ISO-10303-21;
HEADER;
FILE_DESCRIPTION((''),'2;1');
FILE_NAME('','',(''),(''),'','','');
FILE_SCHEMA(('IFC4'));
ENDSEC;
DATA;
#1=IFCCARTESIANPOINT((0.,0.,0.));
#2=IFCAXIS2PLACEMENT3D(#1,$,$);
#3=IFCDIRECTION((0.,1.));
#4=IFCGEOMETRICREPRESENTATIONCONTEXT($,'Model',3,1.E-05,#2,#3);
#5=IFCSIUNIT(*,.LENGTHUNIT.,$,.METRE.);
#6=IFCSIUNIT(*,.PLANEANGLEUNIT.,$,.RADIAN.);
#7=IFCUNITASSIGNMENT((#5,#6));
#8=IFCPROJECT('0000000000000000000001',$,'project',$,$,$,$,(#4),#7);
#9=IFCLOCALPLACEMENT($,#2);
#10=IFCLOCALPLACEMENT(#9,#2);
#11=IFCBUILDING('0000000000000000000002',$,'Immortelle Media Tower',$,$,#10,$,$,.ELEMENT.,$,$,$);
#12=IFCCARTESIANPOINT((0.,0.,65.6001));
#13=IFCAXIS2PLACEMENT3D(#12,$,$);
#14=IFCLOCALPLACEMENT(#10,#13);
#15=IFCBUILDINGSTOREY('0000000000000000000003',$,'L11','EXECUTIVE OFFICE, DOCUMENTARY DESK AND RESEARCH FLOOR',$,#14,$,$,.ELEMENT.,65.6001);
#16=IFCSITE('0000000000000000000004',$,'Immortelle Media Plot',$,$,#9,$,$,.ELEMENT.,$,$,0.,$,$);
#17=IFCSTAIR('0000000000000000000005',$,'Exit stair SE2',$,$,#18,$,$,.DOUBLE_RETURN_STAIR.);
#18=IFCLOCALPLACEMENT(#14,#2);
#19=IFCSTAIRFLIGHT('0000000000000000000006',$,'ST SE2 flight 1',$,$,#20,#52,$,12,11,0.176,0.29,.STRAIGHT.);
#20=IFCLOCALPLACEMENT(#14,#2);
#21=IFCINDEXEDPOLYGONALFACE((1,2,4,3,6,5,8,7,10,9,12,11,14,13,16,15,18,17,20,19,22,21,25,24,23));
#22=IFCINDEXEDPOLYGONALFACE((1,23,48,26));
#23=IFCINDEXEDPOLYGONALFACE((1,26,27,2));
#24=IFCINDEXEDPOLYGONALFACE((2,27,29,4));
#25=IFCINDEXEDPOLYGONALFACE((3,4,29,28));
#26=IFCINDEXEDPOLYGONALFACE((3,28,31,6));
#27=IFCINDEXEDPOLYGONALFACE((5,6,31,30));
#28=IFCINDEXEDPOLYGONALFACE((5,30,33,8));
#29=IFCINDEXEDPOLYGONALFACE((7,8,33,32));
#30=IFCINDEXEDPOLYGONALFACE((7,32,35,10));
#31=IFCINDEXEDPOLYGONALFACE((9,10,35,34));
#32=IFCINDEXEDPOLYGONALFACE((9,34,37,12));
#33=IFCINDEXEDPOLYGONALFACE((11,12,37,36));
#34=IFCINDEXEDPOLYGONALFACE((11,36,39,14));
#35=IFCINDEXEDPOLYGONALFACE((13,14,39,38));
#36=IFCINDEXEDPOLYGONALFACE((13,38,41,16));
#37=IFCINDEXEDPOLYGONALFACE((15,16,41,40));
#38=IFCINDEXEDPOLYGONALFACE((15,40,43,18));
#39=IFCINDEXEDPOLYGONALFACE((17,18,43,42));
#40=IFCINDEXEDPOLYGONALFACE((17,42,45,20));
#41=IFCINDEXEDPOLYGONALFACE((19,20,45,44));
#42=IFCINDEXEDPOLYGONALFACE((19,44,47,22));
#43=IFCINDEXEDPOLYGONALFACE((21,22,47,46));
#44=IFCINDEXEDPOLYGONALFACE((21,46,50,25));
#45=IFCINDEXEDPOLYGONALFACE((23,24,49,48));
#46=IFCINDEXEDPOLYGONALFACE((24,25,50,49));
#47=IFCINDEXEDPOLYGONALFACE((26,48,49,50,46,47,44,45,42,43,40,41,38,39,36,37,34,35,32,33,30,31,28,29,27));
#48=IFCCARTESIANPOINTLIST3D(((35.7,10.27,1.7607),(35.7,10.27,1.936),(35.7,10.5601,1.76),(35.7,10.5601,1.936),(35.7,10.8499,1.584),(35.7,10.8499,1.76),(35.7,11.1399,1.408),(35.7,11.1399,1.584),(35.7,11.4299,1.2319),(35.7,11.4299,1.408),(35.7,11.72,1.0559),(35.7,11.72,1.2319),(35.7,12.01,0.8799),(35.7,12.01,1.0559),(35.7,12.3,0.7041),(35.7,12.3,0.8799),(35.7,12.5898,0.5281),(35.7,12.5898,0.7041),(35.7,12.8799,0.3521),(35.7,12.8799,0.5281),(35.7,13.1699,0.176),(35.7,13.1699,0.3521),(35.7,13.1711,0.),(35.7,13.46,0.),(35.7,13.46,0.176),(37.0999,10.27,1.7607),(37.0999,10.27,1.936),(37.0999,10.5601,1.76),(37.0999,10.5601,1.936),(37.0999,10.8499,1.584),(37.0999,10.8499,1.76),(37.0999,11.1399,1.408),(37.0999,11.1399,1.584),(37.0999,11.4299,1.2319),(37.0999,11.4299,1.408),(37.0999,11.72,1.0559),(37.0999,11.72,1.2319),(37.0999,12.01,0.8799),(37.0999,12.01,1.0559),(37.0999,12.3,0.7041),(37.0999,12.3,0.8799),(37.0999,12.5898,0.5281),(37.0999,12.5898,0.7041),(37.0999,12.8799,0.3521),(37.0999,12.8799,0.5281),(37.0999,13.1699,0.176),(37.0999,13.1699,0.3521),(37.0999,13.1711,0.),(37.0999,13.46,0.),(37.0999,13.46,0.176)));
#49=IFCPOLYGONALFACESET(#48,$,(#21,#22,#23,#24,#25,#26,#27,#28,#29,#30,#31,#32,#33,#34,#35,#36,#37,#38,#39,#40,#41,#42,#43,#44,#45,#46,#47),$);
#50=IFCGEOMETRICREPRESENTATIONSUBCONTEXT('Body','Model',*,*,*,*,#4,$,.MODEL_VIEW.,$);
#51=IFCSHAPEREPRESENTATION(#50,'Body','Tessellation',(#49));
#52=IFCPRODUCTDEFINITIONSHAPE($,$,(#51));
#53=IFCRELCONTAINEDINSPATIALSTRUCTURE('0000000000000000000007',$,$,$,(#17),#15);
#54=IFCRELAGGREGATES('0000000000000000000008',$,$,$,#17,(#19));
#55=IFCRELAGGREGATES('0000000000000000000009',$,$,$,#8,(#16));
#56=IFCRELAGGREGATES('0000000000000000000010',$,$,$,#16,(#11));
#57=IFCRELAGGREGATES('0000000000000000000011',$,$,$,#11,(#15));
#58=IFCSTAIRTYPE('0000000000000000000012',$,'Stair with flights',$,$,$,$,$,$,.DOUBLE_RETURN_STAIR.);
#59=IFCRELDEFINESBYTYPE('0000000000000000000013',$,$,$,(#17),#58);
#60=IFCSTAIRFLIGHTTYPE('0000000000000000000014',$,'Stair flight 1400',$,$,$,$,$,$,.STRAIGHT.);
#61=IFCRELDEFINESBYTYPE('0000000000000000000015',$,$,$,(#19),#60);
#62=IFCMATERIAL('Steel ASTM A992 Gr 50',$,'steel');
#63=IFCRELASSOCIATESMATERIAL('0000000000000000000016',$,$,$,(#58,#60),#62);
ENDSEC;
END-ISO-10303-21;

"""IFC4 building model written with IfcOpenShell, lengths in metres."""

from ifc_helpers import new_model, si_unit, direction, frame, origin, place, context, subcontext, project, spatial, polyline, outline, extrude, material, type_object, element, aggregate, save


model = new_model("IFC4")

# Units and contexts
model_context = context("Model", 3, precision=1e-05, world=origin(), true_north=direction((0.0, 1.0)))
body_context = subcontext(model_context, "Body", "Model", "MODEL_VIEW")
ifc_project = project(units=[si_unit("LENGTHUNIT", "METRE"), si_unit("PLANEANGLEUNIT", "RADIAN")], contexts=[model_context])

# Site, building, storey
site_placement = place(None, origin())
site = spatial("IfcSite", under=ifc_project, at=site_placement, Name="Immortelle Media Plot", CompositionType="ELEMENT", RefElevation=0.0)
building_placement = place(site_placement, origin())
building = spatial("IfcBuilding", under=site, at=building_placement, Name="Immortelle Media Tower", CompositionType="ELEMENT")
storey_placement = place(building_placement, frame((0.0, 0.0, 65.6001)))
storey = spatial("IfcBuildingStorey", under=building, at=storey_placement, Name="L11", Description="EXECUTIVE OFFICE, DOCUMENTARY DESK AND RESEARCH FLOOR", CompositionType="ELEMENT", Elevation=65.6001)

# Shared definitions
ifc_material_1 = material(Name="Steel ASTM A992 Gr 50", Category="steel")

# Stair, stair flight
stair_type = type_object("IfcStairType", Name="Stair with flights", PredefinedType="DOUBLE_RETURN_STAIR", material=ifc_material_1)
stair_flight_type = type_object("IfcStairFlightType", Name="Stair flight 1400", PredefinedType="STRAIGHT", material=ifc_material_1)
stair_1_placement = place(storey_placement, origin())
stair_1 = element("IfcStair", 1, at=stair_1_placement, inside=storey, type_object=stair_type, Name="Exit stair SE2", PredefinedType="DOUBLE_RETURN_STAIR")
stair_flight_1_placement = place(storey_placement, frame((36.3999, 13.46, 0.0), z_axis=(0.0, 0.0, 1.0), x_axis=(0.0, -1.0, 0.0)))
stair_flight_1 = element("IfcStairFlight", 2, at=stair_flight_1_placement, type_object=stair_flight_type, Name="ST SE2 flight 1", NumberOfRisers=12, NumberOfTreads=11, PredefinedType="STRAIGHT", RiserHeight=0.176, TreadLength=0.29, context=body_context, shape_type="SweptSolid", body=[
    extrude(outline(polyline([(0.0, 0.0), (0.0, 0.176), (0.29, 0.176), (0.29, 0.3521), (0.5801, 0.3521), (0.5801, 0.5281), (0.8701, 0.5281), (0.8701, 0.7041), (1.1599, 0.7041), (1.1599, 0.8799), (1.45, 0.8799), (1.45, 1.0559), (1.74, 1.0559), (1.74, 1.2319), (2.03, 1.2319), (2.03, 1.408), (2.3201, 1.408), (2.3201, 1.584), (2.6101, 1.584), (2.6101, 1.76), (2.8999, 1.76), (2.8999, 1.936), (3.1899, 1.936), (3.1899, 2.1121), (3.1899, 1.7607), (0.2888, 0.0), (0.0, 0.0)])), frame((0.0, 0.7, 0.0), z_axis=(0.0, -1.0, 0.0), x_axis=(1.0, 0.0, 0.0)), (0.0, 0.0, 1.0), 1.3999),
])
aggregate(stair_1, [stair_flight_1])

save(model, "model.ifc")
